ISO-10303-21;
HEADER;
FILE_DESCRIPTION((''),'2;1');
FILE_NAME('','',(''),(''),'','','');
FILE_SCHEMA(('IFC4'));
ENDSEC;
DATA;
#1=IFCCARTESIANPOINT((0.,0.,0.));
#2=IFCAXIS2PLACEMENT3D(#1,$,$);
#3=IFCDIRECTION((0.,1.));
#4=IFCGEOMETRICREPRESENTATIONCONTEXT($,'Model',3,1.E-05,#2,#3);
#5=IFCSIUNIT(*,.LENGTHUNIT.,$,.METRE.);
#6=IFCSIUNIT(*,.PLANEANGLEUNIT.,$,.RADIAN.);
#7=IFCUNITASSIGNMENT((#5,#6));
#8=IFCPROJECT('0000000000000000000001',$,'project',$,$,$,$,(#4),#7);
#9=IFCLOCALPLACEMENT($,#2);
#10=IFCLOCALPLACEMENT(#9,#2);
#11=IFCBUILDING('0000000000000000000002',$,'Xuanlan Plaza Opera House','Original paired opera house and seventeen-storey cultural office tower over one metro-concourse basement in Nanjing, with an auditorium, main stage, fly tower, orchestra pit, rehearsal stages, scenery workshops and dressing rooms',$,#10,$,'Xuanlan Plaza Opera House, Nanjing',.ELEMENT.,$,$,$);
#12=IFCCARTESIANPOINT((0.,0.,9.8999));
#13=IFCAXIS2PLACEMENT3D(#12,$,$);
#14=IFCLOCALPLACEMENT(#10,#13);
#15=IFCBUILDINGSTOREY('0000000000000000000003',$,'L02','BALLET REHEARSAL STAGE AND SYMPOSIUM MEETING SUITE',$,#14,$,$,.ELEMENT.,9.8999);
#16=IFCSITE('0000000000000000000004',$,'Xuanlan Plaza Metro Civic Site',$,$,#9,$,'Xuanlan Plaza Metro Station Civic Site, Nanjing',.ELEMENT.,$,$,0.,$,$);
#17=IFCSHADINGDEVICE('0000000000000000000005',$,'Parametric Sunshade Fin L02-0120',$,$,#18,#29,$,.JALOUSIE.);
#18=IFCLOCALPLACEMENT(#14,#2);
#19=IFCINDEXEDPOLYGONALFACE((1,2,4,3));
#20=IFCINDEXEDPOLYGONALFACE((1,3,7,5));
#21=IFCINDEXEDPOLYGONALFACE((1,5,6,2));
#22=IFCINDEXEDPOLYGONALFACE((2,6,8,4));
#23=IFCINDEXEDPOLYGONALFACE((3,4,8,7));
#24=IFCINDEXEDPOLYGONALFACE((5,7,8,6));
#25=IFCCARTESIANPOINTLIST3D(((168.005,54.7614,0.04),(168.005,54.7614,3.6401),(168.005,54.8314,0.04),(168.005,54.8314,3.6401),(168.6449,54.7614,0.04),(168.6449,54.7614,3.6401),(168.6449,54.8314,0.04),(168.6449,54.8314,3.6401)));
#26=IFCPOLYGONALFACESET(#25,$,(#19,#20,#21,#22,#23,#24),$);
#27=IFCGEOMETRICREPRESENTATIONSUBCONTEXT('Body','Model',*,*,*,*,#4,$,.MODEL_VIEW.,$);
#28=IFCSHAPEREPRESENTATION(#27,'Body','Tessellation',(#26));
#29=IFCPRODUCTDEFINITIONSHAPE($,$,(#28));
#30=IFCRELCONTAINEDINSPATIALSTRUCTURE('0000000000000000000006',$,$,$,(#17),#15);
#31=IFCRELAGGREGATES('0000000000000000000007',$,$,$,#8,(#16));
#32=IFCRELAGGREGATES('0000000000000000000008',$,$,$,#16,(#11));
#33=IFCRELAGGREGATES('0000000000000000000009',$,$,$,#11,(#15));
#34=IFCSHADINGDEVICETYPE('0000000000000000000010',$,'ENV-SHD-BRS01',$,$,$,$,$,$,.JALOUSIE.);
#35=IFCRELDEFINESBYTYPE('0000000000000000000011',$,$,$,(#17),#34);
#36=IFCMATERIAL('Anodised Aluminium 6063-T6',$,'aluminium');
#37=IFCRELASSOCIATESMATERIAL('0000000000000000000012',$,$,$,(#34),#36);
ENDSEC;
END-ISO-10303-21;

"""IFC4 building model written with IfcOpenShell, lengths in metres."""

from ifc_helpers import new_model, si_unit, direction, frame, origin, origin_2d, place, context, subcontext, project, spatial, rectangle, extrude, material, type_object, element, save


model = new_model("IFC4")

# Units and contexts
model_context = context("Model", 3, precision=1e-05, world=origin(), true_north=direction((0.0, 1.0)))
body_context = subcontext(model_context, "Body", "Model", "MODEL_VIEW")
ifc_project = project(units=[si_unit("LENGTHUNIT", "METRE"), si_unit("PLANEANGLEUNIT", "RADIAN")], contexts=[model_context])

# Site, building, storey
site_placement = place(None, origin())
site = spatial("IfcSite", under=ifc_project, at=site_placement, Name="Xuanlan Plaza Metro Civic Site", LongName="Xuanlan Plaza Metro Station Civic Site, Nanjing", CompositionType="ELEMENT", RefElevation=0.0)
building_placement = place(site_placement, origin())
building = spatial("IfcBuilding", under=site, at=building_placement, Name="Xuanlan Plaza Opera House", Description="Original paired opera house and seventeen-storey cultural office tower over one metro-concourse basement in Nanjing, with an auditorium, main stage, fly tower, orchestra pit, rehearsal stages, scenery workshops and dressing rooms", LongName="Xuanlan Plaza Opera House, Nanjing", CompositionType="ELEMENT")
storey_placement = place(building_placement, frame((0.0, 0.0, 9.8999)))
storey = spatial("IfcBuildingStorey", under=building, at=storey_placement, Name="L02", Description="BALLET REHEARSAL STAGE AND SYMPOSIUM MEETING SUITE", CompositionType="ELEMENT", Elevation=9.8999)

# Shared definitions
ifc_material_1 = material(Name="Anodised Aluminium 6063-T6", Category="aluminium")

# Shading device
shading_device_type = type_object("IfcShadingDeviceType", Name="ENV-SHD-BRS01", PredefinedType="JALOUSIE", material=ifc_material_1)
for number, where, z_axis, x_axis, name in (
    (1, (168.325, 54.7964, 0.04), (0.0, 0.0, 1.0), (1.0, 0.0, 0.0), "Parametric Sunshade Fin L02-0120"),
):
    element("IfcShadingDevice", number, at=place(storey_placement, frame(where, z_axis=z_axis, x_axis=x_axis)), inside=storey, type_object=shading_device_type, Name=name, PredefinedType="JALOUSIE", context=body_context, shape_type="SweptSolid", body=[
        extrude(rectangle(XDim=0.6399, YDim=0.0701, at=origin_2d()), origin(), (0.0, 0.0, 1.0), 3.6001),
    ])

save(model, "model.ifc")
